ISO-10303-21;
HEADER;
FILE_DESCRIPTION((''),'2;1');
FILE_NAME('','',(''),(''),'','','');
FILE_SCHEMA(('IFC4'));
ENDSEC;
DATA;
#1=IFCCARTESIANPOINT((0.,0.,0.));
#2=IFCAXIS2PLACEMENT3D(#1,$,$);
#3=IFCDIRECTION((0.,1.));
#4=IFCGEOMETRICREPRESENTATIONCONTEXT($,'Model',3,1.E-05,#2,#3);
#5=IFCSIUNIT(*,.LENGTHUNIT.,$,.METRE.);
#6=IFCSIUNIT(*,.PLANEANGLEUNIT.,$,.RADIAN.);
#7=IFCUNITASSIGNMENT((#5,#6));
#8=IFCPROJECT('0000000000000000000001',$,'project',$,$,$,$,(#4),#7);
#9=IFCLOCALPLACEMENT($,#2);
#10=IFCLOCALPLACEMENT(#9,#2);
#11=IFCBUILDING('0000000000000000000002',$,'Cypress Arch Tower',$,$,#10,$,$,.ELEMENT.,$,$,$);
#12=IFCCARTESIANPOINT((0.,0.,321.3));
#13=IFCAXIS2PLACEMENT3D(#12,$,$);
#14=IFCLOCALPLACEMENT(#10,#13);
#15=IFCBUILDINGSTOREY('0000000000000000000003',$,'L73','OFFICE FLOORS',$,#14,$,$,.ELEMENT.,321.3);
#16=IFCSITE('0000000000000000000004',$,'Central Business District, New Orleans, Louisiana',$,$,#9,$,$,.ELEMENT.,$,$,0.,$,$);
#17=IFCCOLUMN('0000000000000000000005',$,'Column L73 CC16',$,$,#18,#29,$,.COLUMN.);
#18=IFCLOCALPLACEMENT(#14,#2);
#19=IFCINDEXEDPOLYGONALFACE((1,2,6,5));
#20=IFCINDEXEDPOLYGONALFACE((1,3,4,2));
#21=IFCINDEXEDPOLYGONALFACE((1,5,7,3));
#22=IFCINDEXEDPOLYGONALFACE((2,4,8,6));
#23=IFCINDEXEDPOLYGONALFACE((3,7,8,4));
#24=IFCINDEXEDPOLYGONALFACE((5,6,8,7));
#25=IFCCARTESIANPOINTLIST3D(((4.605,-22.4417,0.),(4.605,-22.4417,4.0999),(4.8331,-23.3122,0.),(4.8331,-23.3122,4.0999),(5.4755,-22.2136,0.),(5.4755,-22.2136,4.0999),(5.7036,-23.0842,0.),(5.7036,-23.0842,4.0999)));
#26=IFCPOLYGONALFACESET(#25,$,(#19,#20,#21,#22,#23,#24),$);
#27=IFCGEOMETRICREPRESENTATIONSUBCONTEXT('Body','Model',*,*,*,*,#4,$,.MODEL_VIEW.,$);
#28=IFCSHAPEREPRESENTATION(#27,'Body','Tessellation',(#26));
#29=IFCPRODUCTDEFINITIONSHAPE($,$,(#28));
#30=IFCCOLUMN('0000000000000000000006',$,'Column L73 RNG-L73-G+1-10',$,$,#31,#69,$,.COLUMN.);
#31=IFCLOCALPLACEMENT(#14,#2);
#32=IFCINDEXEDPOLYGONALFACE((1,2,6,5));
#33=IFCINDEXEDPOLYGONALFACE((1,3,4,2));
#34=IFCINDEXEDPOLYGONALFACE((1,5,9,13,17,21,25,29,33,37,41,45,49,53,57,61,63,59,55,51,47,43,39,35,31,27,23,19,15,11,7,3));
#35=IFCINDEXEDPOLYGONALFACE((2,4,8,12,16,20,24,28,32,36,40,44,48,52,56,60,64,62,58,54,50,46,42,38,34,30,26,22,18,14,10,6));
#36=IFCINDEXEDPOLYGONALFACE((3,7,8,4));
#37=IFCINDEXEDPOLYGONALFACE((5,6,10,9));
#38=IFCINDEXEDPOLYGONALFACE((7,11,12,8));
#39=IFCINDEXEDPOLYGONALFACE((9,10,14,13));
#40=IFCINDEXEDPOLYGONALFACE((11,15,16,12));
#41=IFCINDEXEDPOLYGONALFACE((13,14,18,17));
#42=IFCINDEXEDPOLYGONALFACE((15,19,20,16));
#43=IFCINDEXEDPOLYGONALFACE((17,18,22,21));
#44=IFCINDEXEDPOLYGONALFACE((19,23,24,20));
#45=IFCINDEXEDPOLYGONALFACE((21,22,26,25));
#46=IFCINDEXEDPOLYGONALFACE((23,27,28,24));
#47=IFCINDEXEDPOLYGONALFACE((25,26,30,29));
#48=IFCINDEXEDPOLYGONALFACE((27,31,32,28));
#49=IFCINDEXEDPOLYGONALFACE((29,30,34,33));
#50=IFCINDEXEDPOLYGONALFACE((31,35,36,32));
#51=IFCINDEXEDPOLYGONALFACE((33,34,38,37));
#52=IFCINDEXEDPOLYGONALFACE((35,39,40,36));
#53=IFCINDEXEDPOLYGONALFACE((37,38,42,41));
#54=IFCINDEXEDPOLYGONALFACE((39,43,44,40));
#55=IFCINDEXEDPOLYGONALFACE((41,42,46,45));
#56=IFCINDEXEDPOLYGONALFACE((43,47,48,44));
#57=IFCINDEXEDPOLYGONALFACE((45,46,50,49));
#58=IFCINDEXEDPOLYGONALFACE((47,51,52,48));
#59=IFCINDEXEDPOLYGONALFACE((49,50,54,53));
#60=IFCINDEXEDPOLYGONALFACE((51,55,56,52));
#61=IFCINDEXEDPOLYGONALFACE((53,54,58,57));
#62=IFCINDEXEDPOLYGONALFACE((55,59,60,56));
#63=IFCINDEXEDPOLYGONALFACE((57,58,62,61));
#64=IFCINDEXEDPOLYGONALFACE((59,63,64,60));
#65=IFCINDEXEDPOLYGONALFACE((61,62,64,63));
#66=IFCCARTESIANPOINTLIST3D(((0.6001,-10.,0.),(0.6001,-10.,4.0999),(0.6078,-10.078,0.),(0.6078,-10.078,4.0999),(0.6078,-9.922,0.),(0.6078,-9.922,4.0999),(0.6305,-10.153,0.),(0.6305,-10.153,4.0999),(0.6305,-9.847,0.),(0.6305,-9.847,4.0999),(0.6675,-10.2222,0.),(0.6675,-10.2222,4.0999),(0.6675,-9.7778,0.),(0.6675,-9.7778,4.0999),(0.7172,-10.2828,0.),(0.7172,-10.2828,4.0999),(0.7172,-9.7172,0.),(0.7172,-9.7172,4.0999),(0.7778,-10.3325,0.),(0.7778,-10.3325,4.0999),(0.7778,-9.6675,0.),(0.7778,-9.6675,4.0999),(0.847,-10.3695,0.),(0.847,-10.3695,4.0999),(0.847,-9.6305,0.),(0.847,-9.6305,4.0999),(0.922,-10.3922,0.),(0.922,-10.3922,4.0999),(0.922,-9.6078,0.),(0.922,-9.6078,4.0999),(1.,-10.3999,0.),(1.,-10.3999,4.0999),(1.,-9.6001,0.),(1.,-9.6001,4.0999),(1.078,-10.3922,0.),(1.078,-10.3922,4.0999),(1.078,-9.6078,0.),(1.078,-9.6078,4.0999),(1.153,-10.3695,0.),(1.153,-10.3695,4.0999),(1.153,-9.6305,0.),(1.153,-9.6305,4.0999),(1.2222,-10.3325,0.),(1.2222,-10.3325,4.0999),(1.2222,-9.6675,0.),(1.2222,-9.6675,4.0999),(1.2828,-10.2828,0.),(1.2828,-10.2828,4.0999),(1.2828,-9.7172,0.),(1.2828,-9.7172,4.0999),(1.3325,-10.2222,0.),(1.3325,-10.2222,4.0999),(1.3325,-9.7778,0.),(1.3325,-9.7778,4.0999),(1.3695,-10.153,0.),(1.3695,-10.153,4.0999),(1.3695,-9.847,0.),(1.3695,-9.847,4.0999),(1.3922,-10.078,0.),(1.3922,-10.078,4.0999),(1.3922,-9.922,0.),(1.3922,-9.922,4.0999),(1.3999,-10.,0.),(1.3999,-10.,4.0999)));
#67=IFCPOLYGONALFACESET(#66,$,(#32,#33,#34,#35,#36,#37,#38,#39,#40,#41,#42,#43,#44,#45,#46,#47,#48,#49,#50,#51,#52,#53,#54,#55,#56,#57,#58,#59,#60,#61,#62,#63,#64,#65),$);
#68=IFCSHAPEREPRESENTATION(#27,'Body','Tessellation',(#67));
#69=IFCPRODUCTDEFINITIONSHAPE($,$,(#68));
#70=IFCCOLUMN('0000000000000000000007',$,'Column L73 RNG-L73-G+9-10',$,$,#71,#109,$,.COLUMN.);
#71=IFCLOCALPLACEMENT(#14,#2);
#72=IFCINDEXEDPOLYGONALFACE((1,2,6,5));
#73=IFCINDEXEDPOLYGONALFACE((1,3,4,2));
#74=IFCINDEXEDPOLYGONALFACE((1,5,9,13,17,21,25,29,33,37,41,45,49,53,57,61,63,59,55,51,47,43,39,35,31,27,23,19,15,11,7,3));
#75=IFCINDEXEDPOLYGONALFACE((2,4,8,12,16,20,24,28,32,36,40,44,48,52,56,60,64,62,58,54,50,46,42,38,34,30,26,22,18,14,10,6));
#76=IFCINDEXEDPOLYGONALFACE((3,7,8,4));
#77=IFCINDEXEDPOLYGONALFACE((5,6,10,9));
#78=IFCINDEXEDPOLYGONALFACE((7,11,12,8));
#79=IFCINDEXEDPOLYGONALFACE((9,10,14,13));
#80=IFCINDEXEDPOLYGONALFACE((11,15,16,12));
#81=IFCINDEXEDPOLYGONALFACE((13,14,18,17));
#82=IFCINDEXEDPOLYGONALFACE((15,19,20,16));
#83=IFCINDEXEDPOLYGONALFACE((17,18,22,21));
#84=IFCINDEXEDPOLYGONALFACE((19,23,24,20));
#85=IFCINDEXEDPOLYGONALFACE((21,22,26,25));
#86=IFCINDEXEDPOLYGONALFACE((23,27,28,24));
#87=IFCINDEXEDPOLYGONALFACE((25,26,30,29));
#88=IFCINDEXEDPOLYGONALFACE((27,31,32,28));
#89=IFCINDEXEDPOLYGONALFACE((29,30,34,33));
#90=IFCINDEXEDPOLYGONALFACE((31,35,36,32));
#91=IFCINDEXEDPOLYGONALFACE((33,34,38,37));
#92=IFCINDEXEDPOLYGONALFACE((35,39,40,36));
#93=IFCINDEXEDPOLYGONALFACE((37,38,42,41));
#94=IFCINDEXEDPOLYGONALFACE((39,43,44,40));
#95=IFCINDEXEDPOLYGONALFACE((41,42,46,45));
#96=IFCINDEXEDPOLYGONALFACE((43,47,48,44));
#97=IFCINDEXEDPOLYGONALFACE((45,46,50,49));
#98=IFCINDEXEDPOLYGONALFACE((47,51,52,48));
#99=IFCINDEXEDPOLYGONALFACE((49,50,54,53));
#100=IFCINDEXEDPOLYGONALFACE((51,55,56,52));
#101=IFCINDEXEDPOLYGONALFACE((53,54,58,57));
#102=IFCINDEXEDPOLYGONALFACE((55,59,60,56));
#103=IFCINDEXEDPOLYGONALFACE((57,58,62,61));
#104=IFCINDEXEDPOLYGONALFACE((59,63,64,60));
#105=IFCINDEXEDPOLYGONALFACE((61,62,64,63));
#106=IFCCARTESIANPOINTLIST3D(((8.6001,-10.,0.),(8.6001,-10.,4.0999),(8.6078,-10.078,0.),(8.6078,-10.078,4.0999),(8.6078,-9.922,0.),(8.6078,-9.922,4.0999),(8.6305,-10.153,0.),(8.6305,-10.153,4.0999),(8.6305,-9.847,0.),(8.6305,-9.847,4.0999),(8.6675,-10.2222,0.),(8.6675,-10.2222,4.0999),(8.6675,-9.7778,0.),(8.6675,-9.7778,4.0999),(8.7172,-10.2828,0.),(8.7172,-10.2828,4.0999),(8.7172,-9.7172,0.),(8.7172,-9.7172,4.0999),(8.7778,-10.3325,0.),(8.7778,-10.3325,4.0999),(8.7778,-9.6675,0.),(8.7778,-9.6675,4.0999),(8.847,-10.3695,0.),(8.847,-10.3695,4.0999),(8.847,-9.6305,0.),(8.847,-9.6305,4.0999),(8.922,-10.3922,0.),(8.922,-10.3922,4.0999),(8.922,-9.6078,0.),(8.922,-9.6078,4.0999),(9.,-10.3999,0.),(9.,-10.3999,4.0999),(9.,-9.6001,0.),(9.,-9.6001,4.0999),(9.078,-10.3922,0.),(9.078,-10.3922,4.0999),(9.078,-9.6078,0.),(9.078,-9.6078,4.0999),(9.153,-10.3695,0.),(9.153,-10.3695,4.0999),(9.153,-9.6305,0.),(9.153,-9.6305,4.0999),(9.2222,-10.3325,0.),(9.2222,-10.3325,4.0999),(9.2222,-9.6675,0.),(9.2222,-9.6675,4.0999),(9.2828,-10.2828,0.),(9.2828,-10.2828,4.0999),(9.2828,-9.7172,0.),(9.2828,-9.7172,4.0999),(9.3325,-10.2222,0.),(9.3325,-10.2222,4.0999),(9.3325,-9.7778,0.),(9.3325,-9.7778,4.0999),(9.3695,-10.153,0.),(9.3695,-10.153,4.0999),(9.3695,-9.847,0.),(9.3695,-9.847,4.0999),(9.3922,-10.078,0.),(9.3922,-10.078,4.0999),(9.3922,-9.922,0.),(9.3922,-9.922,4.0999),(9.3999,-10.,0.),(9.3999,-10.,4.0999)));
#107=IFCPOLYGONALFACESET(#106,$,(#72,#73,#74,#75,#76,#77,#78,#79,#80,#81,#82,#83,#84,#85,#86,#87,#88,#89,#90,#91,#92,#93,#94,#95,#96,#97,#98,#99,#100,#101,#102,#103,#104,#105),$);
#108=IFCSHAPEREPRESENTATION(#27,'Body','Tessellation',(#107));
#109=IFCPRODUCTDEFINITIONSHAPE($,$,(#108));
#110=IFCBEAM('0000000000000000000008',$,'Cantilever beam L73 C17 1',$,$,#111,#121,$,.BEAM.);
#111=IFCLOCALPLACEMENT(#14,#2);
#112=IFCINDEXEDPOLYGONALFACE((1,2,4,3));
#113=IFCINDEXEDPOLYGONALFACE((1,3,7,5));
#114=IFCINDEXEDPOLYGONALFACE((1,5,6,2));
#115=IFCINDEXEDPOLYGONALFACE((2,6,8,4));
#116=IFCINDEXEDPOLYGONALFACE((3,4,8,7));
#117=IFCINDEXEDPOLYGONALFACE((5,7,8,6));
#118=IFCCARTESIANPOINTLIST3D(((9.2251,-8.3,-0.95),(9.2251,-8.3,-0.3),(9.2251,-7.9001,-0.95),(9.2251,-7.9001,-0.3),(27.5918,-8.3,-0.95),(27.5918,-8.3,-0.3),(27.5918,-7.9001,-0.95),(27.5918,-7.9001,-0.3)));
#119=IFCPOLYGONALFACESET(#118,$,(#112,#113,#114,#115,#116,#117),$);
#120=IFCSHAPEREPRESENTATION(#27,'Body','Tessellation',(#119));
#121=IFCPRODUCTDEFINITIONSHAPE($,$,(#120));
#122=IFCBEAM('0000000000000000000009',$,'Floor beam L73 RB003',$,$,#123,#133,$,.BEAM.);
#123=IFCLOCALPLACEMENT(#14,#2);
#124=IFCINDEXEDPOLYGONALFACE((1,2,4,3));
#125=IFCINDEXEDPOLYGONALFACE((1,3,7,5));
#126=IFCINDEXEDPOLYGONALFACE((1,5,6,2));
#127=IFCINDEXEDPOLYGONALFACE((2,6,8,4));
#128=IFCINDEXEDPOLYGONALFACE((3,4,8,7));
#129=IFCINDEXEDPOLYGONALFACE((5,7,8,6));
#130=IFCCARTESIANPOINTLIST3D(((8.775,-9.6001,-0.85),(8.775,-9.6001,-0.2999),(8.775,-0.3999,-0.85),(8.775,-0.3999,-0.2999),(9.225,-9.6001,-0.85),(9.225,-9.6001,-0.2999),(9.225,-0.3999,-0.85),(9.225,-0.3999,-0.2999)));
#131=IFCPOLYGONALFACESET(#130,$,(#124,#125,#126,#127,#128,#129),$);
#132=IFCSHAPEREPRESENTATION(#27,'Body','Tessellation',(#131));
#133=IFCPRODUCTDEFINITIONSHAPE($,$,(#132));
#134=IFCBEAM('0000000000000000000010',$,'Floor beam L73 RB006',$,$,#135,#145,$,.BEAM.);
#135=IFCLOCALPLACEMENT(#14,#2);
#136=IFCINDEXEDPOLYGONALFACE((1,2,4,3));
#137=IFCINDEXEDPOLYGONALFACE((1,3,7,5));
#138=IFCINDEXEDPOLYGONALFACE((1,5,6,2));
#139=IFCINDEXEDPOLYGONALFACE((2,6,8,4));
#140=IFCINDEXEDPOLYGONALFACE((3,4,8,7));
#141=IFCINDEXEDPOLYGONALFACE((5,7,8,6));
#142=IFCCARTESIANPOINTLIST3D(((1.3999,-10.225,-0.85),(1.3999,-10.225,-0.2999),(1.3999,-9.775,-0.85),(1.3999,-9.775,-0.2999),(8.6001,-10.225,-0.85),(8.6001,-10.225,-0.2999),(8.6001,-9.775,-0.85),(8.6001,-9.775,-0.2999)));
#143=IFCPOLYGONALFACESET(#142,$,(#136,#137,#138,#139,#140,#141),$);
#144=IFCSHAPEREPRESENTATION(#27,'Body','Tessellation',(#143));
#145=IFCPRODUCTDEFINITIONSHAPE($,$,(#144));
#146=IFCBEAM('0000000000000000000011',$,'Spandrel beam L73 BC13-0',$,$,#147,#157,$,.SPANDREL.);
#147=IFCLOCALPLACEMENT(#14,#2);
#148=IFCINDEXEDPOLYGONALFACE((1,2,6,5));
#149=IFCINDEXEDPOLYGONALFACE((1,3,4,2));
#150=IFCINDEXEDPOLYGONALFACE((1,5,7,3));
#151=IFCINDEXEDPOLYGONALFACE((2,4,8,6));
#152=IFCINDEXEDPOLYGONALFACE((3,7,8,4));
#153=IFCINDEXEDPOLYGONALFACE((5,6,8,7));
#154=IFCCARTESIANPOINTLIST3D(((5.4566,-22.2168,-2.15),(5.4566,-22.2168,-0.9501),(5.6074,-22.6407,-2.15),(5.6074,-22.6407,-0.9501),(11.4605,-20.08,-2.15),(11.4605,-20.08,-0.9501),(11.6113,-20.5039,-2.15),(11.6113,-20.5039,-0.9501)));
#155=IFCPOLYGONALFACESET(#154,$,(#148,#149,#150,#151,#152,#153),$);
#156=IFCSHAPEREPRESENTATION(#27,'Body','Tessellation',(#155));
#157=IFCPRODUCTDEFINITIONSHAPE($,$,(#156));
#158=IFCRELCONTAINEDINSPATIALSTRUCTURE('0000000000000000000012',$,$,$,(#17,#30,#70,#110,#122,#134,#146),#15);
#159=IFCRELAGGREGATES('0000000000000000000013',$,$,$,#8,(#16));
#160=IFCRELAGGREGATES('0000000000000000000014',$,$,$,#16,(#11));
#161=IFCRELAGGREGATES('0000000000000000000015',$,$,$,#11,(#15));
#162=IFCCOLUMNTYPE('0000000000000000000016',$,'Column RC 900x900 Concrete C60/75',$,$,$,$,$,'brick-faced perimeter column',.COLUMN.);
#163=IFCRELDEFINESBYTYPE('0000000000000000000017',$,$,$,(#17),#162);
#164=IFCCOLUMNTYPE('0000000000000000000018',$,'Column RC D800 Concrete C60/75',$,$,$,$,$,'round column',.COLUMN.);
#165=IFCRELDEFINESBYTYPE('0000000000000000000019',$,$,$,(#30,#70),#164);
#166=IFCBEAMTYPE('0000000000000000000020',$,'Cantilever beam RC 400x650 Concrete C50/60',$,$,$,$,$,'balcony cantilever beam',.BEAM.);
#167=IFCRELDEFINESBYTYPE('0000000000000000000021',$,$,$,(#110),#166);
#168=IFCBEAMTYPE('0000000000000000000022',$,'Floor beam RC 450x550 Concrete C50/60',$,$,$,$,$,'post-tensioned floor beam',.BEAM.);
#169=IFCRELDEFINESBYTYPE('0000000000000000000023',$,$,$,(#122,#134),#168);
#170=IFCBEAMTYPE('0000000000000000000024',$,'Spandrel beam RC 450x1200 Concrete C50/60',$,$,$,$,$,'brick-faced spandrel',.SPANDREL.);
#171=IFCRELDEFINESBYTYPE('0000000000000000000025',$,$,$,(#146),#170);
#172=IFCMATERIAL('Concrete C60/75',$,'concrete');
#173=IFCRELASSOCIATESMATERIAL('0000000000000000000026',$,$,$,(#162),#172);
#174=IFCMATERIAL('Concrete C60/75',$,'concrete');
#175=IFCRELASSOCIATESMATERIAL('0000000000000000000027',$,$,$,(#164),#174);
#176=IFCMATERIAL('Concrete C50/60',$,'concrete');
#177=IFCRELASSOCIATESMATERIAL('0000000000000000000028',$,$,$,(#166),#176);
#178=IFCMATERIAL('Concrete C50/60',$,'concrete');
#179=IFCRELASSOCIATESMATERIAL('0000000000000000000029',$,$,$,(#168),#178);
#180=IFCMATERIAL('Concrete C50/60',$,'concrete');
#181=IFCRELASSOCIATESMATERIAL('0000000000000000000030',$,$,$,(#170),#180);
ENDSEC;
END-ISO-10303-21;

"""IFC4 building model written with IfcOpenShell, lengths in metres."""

from ifc_helpers import new_model, si_unit, direction, frame, origin, origin_2d, place, context, subcontext, project, spatial, rectangle, circle, extrude, material, material_profile, profile_set, type_object, element, save


model = new_model("IFC4")

# Units and contexts
model_context = context("Model", 3, precision=1e-05, world=origin(), true_north=direction((0.0, 1.0)))
body_context = subcontext(model_context, "Body", "Model", "MODEL_VIEW")
ifc_project = project(units=[si_unit("LENGTHUNIT", "METRE"), si_unit("PLANEANGLEUNIT", "RADIAN")], contexts=[model_context])

# Site, building, storey
site_placement = place(None, origin())
site = spatial("IfcSite", under=ifc_project, at=site_placement, Name="Central Business District, New Orleans, Louisiana", CompositionType="ELEMENT", RefElevation=0.0)
building_placement = place(site_placement, origin())
building = spatial("IfcBuilding", under=site, at=building_placement, Name="Cypress Arch Tower", CompositionType="ELEMENT")
storey_placement = place(building_placement, frame((0.0, 0.0, 321.3)))
storey = spatial("IfcBuildingStorey", under=building, at=storey_placement, Name="L73", Description="OFFICE FLOORS", CompositionType="ELEMENT", Elevation=321.3)

# Columns
ifc_material_1 = material(Name="Concrete C60/75", Category="concrete")
ifc_material_profile_1 = material_profile(ifc_material_1, rectangle(XDim=0.8999, YDim=0.8999, at=origin_2d()), Name="RC 900x900")
ifc_profile_set_1 = profile_set([ifc_material_profile_1], Name="Concrete C60/75")
column_type_1 = type_object("IfcColumnType", Name="Column RC 900x900 Concrete C60/75", ElementType="brick-faced perimeter column", PredefinedType="COLUMN", material=ifc_profile_set_1)
column_placement = place(storey_placement, frame((5.1543, -22.7629, 0.0), z_axis=(0.0, 0.0, 1.0), x_axis=(0.967356, 0.253422, 0.0)))
element("IfcColumn", 1, at=column_placement, inside=storey, type_object=column_type_1, Name="Column L73 CC16", PredefinedType="COLUMN", context=body_context, shape_type="SweptSolid", body=[
    extrude(rectangle(XDim=0.8999, YDim=0.8999, at=origin_2d()), origin(), (0.0, 0.0, 1.0), 4.0999),
])
ifc_material_2 = material(Name="Concrete C60/75", Category="concrete")
ifc_material_profile_2 = material_profile(ifc_material_2, circle(Radius=0.3999, at=origin_2d()), Name="RC D800")
ifc_profile_set_2 = profile_set([ifc_material_profile_2], Name="Concrete C60/75")
column_type_2 = type_object("IfcColumnType", Name="Column RC D800 Concrete C60/75", ElementType="round column", PredefinedType="COLUMN", material=ifc_profile_set_2)
for number, where, z_axis, x_axis, name in (
    (2, (1.0, -10.0, 0.0), (0.0, 0.0, 1.0), (1.0, 0.0, 0.0), "Column L73 RNG-L73-G+1-10"),
    (3, (9.0, -10.0, 0.0), (0.0, 0.0, 1.0), (1.0, 0.0, 0.0), "Column L73 RNG-L73-G+9-10"),
):
    element("IfcColumn", number, at=place(storey_placement, frame(where, z_axis=z_axis, x_axis=x_axis)), inside=storey, type_object=column_type_2, Name=name, PredefinedType="COLUMN", context=body_context, shape_type="SweptSolid", body=[
        extrude(circle(Radius=0.3999, at=origin_2d()), origin(), (0.0, 0.0, 1.0), 4.0999),
    ])

# Beams
ifc_material_3 = material(Name="Concrete C50/60", Category="concrete")
ifc_material_profile_3 = material_profile(ifc_material_3, rectangle(XDim=0.3999, YDim=0.6499, at=origin_2d()), Name="RC 400x650")
ifc_profile_set_3 = profile_set([ifc_material_profile_3], Name="Concrete C50/60")
beam_type_1 = type_object("IfcBeamType", Name="Cantilever beam RC 400x650 Concrete C50/60", ElementType="balcony cantilever beam", PredefinedType="BEAM", material=ifc_profile_set_3)
beam_1_placement = place(storey_placement, frame((9.2251, -8.1001, -0.625), z_axis=(1.0, 0.0, 0.0), x_axis=(0.0, 1.0, 0.0)))
element("IfcBeam", 4, at=beam_1_placement, inside=storey, type_object=beam_type_1, Name="Cantilever beam L73 C17 1", PredefinedType="BEAM", context=body_context, shape_type="SweptSolid", body=[
    extrude(rectangle(XDim=0.3999, YDim=0.6499, at=origin_2d()), origin(), (0.0, 0.0, 1.0), 18.3667),
])
ifc_material_4 = material(Name="Concrete C50/60", Category="concrete")
ifc_material_profile_4 = material_profile(ifc_material_4, rectangle(XDim=0.45, YDim=0.55, at=origin_2d()), Name="RC 450x550")
ifc_profile_set_4 = profile_set([ifc_material_profile_4], Name="Concrete C50/60")
beam_type_2 = type_object("IfcBeamType", Name="Floor beam RC 450x550 Concrete C50/60", ElementType="post-tensioned floor beam", PredefinedType="BEAM", material=ifc_profile_set_4)
beam_2_placement = place(storey_placement, frame((9.0, -9.6001, -0.575), z_axis=(0.0, 1.0, 0.0), x_axis=(-1.0, 0.0, 0.0)))
element("IfcBeam", 5, at=beam_2_placement, inside=storey, type_object=beam_type_2, Name="Floor beam L73 RB003", PredefinedType="BEAM", context=body_context, shape_type="SweptSolid", body=[
    extrude(rectangle(XDim=0.45, YDim=0.55, at=origin_2d()), origin(), (0.0, 0.0, 1.0), 9.2002),
])
beam_3_placement = place(storey_placement, frame((1.3999, -10.0, -0.575), z_axis=(1.0, 0.0, 0.0), x_axis=(0.0, 1.0, 0.0)))
element("IfcBeam", 6, at=beam_3_placement, inside=storey, type_object=beam_type_2, Name="Floor beam L73 RB006", PredefinedType="BEAM", context=body_context, shape_type="SweptSolid", body=[
    extrude(rectangle(XDim=0.45, YDim=0.55, at=origin_2d()), origin(), (0.0, 0.0, 1.0), 7.2002),
])
ifc_material_5 = material(Name="Concrete C50/60", Category="concrete")
ifc_material_profile_5 = material_profile(ifc_material_5, rectangle(XDim=0.45, YDim=1.2, at=origin_2d()), Name="RC 450x1200")
ifc_profile_set_5 = profile_set([ifc_material_profile_5], Name="Concrete C50/60")
beam_type_3 = type_object("IfcBeamType", Name="Spandrel beam RC 450x1200 Concrete C50/60", ElementType="brick-faced spandrel", PredefinedType="SPANDREL", material=ifc_profile_set_5)
beam_4_placement = place(storey_placement, frame((5.532, -22.4287, -1.55), z_axis=(0.942116, 0.335288, 0.0), x_axis=(-0.335288, 0.942116, 0.0)))
element("IfcBeam", 7, at=beam_4_placement, inside=storey, type_object=beam_type_3, Name="Spandrel beam L73 BC13-0", PredefinedType="SPANDREL", context=body_context, shape_type="SweptSolid", body=[
    extrude(rectangle(XDim=0.45, YDim=1.2, at=origin_2d()), origin(), (0.0, 0.0, 1.0), 6.3728),
])

save(model, "model.ifc")
